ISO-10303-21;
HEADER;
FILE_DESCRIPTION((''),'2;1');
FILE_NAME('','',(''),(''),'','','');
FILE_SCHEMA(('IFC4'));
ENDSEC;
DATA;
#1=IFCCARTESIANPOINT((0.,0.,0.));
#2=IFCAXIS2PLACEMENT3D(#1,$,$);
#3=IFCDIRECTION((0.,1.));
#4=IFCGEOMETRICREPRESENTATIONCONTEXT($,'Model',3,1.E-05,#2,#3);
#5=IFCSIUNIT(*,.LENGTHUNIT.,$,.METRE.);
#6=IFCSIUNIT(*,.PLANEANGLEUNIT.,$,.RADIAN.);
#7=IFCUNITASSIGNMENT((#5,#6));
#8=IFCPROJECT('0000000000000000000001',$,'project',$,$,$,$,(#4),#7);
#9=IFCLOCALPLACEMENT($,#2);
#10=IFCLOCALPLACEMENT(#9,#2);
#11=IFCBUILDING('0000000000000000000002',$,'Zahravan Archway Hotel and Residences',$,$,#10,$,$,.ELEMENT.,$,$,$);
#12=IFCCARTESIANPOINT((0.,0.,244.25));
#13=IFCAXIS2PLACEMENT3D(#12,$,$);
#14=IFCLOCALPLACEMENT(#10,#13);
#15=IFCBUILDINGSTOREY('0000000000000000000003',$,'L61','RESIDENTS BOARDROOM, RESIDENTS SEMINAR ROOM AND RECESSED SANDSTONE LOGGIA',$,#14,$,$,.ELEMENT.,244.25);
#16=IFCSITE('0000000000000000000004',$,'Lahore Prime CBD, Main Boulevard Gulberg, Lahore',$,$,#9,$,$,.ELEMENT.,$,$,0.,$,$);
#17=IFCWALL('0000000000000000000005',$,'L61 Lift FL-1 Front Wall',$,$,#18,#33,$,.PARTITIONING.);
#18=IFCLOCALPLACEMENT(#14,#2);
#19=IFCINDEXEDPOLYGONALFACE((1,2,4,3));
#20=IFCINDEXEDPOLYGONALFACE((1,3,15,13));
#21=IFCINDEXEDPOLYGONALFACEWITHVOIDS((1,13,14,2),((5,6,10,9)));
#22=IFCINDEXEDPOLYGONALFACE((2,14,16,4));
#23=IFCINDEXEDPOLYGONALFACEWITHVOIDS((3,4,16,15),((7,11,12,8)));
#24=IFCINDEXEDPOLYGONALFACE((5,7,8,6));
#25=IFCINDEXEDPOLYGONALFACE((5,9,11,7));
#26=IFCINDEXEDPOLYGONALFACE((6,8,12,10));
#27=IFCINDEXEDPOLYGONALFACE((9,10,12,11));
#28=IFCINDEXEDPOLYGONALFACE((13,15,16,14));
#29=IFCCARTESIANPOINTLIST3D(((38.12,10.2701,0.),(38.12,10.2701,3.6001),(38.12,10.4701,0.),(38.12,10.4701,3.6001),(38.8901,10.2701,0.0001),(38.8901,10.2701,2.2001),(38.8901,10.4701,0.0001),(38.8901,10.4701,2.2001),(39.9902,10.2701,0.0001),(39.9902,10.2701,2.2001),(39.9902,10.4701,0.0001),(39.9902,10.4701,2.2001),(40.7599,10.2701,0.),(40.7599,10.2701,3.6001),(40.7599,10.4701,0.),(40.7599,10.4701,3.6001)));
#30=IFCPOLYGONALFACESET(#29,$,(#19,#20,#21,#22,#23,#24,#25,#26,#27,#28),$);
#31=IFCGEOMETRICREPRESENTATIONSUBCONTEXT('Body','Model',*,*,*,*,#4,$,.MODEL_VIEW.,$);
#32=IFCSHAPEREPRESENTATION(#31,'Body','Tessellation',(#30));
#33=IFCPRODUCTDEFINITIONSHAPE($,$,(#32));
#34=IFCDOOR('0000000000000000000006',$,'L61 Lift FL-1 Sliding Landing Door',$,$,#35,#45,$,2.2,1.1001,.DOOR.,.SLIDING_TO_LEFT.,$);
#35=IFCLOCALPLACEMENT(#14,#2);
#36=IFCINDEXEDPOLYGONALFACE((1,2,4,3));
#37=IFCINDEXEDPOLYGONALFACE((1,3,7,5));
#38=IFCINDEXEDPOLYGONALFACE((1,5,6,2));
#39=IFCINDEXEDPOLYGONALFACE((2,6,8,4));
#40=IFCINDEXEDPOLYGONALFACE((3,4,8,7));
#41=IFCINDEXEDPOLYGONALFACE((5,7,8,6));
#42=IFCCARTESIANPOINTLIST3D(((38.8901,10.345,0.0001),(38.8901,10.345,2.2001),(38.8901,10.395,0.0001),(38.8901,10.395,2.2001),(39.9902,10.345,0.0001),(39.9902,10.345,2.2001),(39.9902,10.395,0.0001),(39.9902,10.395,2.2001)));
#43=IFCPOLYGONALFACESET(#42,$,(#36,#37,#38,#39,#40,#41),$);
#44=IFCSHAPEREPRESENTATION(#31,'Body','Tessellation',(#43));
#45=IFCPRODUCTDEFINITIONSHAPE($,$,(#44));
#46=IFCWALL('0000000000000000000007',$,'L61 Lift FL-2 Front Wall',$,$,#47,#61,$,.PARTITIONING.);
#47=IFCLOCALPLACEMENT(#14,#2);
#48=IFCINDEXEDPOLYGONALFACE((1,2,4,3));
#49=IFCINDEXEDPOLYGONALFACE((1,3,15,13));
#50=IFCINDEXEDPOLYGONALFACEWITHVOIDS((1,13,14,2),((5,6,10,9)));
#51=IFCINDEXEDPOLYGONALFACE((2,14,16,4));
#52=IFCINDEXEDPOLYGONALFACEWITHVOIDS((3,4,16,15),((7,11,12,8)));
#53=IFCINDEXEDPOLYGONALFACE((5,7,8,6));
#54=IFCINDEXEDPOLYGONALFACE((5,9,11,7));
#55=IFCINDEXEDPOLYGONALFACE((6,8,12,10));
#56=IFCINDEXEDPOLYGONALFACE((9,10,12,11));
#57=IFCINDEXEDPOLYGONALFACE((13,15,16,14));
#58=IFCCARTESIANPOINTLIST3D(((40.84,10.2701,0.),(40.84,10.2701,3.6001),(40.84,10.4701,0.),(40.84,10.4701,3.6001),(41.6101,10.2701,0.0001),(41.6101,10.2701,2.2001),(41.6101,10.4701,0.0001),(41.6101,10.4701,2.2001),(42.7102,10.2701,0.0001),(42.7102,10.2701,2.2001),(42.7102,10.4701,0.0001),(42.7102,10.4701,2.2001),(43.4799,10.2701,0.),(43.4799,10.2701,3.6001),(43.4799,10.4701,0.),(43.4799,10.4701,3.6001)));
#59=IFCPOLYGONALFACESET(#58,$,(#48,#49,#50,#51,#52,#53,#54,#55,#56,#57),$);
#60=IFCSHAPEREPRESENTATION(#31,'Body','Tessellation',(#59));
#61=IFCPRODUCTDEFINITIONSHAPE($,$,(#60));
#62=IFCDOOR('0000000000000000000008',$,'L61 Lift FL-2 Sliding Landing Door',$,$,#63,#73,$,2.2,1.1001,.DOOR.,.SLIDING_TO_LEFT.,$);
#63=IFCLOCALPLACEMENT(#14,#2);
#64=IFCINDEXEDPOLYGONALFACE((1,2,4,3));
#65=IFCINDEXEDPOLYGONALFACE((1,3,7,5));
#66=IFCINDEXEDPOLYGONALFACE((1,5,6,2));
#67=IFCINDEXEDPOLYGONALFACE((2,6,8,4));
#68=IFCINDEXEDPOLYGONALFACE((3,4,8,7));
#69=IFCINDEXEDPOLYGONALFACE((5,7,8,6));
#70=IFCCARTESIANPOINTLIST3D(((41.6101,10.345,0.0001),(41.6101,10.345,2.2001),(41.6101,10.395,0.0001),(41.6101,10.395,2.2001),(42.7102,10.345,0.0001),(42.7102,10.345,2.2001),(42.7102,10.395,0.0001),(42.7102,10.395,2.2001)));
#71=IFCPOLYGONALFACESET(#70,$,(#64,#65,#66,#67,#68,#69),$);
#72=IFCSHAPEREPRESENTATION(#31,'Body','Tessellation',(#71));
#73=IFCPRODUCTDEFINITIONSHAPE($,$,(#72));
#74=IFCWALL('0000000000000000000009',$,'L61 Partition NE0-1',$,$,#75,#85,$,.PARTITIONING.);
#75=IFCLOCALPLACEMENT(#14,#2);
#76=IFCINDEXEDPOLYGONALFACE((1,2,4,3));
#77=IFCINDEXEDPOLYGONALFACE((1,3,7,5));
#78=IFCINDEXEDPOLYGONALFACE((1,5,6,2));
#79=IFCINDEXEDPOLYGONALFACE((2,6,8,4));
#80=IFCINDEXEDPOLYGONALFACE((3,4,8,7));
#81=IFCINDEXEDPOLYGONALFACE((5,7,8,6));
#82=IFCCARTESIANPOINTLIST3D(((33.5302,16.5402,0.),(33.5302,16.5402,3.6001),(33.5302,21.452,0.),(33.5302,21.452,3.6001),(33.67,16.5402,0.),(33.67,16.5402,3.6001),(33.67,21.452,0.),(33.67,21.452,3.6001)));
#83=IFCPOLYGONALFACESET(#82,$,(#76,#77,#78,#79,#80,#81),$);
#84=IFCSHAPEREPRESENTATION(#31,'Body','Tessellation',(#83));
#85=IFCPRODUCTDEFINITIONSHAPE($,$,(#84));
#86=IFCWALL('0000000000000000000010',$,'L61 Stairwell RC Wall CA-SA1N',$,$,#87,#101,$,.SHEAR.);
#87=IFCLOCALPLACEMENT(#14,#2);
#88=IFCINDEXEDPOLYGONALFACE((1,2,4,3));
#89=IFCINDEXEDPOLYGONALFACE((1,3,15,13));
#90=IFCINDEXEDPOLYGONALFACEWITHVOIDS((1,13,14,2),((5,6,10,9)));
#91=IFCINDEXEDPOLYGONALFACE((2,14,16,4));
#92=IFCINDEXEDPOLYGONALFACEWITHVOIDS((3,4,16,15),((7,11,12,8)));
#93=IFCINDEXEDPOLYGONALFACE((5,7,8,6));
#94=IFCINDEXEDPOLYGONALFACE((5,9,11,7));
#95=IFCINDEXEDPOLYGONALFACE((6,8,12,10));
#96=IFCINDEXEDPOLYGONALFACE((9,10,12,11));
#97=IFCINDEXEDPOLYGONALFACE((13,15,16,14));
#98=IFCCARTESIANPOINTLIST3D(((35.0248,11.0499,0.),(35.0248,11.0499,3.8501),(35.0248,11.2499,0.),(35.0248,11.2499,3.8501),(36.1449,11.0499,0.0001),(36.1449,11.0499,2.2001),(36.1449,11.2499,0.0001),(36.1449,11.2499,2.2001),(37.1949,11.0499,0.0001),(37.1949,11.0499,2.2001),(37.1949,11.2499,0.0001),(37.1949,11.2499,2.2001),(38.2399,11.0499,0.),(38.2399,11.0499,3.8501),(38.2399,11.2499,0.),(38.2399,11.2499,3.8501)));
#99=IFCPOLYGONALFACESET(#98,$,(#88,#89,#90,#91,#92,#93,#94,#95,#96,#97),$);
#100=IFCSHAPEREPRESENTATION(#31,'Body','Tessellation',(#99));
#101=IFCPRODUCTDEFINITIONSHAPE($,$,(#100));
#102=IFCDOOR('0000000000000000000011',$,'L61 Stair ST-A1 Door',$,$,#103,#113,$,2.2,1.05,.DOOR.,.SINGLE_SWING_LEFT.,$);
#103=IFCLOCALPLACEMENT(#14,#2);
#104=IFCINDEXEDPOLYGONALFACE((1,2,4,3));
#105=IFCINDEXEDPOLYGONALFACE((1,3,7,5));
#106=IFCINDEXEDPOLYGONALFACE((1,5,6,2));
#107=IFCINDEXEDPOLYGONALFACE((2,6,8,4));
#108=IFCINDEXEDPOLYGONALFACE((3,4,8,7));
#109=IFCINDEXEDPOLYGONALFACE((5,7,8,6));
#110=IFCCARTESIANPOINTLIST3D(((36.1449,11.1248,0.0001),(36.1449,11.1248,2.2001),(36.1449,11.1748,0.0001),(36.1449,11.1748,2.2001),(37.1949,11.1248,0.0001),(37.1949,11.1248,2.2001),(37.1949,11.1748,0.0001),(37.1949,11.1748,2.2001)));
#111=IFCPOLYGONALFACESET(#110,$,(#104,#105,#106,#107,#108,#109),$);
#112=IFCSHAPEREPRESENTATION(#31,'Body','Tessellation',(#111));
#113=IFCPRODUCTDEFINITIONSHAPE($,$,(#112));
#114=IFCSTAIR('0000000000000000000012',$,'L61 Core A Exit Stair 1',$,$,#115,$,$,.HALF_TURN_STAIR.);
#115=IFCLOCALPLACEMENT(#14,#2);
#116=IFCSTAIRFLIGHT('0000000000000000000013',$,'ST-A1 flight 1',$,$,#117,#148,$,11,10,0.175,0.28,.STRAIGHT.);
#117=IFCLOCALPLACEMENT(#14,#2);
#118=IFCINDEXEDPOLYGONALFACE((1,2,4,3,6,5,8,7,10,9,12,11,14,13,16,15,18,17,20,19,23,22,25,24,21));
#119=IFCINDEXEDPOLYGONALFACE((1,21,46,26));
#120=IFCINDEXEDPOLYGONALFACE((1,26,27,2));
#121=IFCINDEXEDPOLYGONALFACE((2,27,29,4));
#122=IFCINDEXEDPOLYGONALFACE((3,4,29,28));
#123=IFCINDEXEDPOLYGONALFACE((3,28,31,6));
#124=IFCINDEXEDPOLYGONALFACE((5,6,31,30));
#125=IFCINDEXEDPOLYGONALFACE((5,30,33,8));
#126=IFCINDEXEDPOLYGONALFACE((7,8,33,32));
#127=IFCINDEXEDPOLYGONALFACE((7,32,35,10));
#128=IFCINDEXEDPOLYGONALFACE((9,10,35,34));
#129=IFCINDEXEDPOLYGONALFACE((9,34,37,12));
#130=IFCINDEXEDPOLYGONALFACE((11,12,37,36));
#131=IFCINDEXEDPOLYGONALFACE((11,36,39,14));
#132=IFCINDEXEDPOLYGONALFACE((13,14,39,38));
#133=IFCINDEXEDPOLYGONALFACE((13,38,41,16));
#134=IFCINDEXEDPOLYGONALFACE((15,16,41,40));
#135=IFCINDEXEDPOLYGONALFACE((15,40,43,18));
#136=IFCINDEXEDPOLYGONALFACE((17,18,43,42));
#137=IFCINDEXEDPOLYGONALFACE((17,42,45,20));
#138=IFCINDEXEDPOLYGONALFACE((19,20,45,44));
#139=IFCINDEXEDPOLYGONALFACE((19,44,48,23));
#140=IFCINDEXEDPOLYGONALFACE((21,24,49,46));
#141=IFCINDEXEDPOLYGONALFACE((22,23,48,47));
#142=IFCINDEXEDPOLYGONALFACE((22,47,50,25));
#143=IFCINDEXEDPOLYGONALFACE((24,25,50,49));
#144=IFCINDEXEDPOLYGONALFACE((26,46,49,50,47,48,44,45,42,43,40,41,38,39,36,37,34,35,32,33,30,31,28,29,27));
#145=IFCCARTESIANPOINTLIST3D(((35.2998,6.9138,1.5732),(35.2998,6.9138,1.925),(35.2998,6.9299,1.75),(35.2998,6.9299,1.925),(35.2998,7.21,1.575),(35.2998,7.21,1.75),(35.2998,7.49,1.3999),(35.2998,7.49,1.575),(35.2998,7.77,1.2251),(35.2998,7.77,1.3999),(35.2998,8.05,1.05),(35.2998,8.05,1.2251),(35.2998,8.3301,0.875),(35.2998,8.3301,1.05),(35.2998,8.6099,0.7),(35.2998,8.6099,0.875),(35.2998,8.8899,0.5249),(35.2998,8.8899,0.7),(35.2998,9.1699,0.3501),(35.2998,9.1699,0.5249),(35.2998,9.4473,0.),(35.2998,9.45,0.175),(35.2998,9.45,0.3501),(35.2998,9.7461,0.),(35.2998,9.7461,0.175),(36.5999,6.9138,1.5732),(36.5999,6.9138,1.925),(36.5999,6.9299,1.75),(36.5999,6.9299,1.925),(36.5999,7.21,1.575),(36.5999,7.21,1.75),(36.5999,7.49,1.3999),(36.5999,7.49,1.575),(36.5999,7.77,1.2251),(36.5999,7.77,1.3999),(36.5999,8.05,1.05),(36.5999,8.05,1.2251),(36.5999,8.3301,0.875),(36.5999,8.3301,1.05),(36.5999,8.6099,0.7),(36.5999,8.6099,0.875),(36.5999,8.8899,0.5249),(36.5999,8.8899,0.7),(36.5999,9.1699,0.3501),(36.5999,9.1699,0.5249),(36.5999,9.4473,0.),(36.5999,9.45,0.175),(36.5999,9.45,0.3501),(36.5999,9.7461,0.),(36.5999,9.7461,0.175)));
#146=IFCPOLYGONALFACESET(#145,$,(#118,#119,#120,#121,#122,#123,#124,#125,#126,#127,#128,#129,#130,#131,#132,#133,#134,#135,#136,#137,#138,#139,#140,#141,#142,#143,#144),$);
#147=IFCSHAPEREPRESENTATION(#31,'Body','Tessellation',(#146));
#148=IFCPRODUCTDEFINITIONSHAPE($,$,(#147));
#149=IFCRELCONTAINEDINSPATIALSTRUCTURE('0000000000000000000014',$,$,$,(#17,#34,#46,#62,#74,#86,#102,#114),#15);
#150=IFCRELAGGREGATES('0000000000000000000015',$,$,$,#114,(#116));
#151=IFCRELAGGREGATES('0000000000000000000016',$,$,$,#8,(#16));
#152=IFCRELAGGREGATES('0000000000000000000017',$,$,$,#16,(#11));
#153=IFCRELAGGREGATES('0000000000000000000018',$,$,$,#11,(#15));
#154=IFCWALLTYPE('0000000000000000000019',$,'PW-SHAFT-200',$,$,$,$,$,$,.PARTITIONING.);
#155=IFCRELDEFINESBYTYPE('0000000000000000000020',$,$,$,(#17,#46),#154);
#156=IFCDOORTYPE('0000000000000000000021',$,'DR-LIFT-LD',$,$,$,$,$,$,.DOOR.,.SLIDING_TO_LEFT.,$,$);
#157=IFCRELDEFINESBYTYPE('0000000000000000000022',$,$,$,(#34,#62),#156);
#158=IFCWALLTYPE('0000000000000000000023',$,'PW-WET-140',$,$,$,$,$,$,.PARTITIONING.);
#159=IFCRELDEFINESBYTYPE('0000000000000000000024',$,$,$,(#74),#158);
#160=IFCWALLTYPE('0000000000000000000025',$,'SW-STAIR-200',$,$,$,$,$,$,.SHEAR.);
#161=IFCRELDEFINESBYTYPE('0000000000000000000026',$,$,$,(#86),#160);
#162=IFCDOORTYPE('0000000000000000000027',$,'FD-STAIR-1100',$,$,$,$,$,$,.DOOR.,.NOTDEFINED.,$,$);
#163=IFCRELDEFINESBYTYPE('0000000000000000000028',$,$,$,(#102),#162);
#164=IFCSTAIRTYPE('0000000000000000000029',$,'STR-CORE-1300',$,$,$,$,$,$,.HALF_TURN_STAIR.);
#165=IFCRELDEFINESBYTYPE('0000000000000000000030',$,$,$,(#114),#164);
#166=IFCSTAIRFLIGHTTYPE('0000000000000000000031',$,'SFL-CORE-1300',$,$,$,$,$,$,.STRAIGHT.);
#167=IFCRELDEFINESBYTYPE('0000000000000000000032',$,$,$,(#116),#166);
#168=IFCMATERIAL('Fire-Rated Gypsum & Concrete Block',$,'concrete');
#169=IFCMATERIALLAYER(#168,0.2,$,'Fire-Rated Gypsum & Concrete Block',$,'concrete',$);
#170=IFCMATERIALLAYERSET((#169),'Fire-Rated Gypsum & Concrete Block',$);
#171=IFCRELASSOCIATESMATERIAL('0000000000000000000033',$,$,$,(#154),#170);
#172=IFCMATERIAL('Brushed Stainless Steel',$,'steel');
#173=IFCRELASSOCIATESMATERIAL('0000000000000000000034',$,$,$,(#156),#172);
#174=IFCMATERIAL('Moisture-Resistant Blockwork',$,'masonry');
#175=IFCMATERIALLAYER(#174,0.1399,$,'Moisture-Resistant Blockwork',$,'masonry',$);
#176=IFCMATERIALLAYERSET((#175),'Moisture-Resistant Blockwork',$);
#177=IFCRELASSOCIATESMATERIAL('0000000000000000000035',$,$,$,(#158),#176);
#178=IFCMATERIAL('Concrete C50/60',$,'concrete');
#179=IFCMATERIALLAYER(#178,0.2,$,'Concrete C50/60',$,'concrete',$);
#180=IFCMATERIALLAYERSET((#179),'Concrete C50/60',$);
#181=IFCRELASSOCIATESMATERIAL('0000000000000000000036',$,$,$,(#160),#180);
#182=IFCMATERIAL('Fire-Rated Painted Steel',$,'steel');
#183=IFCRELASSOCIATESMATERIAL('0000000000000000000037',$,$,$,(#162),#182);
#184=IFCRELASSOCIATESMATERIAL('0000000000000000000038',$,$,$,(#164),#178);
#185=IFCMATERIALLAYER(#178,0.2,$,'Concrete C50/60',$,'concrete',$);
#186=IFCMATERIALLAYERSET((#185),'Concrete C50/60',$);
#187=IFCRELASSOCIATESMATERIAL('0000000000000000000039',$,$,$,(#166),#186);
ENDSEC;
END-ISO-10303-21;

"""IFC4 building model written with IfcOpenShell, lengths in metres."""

from ifc_helpers import new_model, si_unit, direction, frame, frame_2d, origin, place, context, subcontext, project, spatial, polyline, rectangle, outline, extrude, source, transform, mapped, material, layer, layer_set, type_object, type_shapes, element, fill, aggregate, save


model = new_model("IFC4")

# Units and contexts
model_context = context("Model", 3, precision=1e-05, world=origin(), true_north=direction((0.0, 1.0)))
body_context = subcontext(model_context, "Body", "Model", "MODEL_VIEW")
ifc_project = project(units=[si_unit("LENGTHUNIT", "METRE"), si_unit("PLANEANGLEUNIT", "RADIAN")], contexts=[model_context])

# Site, building, storey
site_placement = place(None, origin())
site = spatial("IfcSite", under=ifc_project, at=site_placement, Name="Lahore Prime CBD, Main Boulevard Gulberg, Lahore", CompositionType="ELEMENT", RefElevation=0.0)
building_placement = place(site_placement, origin())
building = spatial("IfcBuilding", under=site, at=building_placement, Name="Zahravan Archway Hotel and Residences", CompositionType="ELEMENT")
storey_placement = place(building_placement, frame((0.0, 0.0, 244.25)))
storey = spatial("IfcBuildingStorey", under=building, at=storey_placement, Name="L61", Description="RESIDENTS BOARDROOM, RESIDENTS SEMINAR ROOM AND RECESSED SANDSTONE LOGGIA", CompositionType="ELEMENT", Elevation=244.25)

# Shared definitions
ifc_material_1 = material(Name="Concrete C50/60", Category="concrete")
ifc_material_2 = material(Name="Fire-Rated Painted Steel", Category="steel")

# Shared definitions
ifc_material_3 = material(Name="Fire-Rated Gypsum & Concrete Block", Category="concrete")

# Shared definitions
ifc_layer_1 = layer(ifc_material_3, 0.2, Name="Fire-Rated Gypsum & Concrete Block", Category="concrete")
ifc_layer_set_1 = layer_set([ifc_layer_1], Name="Fire-Rated Gypsum & Concrete Block")
wall_type_1 = type_object("IfcWallType", Name="PW-SHAFT-200", PredefinedType="PARTITIONING", material=ifc_layer_set_1)

# Walls, openings, doors
wall_1_placement = place(storey_placement, frame((38.1201, 10.3701, 0.0), z_axis=(0.0, 0.0, 1.0), x_axis=(1.0, 0.0, 0.0)))
wall_1 = element("IfcWall", 1, at=wall_1_placement, inside=storey, type_object=wall_type_1, Name="L61 Lift FL-1 Front Wall", PredefinedType="PARTITIONING", context=body_context, shape_type="SweptSolid", body=[
    extrude(rectangle(XDim=2.6399, YDim=0.2, at=frame_2d((1.3198, 0.0))), origin(), (0.0, 0.0, 1.0), 3.6001),
])
opening_1_placement = place(wall_1_placement, frame((0.77, 0.0, 0.0)))
opening_1 = element("IfcOpeningElement", 2, at=opening_1_placement, cuts=wall_1, PredefinedType="OPENING", context=body_context, shape_type="SweptSolid", body=[
    extrude(rectangle(XDim=1.1001, YDim=2.2, at=frame_2d((0.55, 1.1001))), frame((0.0, 0.1099, 0.0), z_axis=(0.0, -1.0, 0.0), x_axis=(1.0, 0.0, 0.0)), (0.0, 0.0, 1.0), 0.22),
])
ifc_material_4 = material(Name="Brushed Stainless Steel", Category="steel")
door_type_1 = type_object("IfcDoorType", Name="DR-LIFT-LD", OperationType="SLIDING_TO_LEFT", PredefinedType="DOOR", material=ifc_material_4)
shared_shape_1 = source(origin(), body_context, "Body", "SweptSolid", [
    extrude(rectangle(XDim=1.1001, YDim=2.2, at=frame_2d((0.55, 1.1001))), frame((0.0, 0.0249, 0.0), z_axis=(0.0, -1.0, 0.0), x_axis=(1.0, 0.0, 0.0)), (0.0, 0.0, 1.0), 0.05),
])
type_shapes(door_type_1, [shared_shape_1])
door_1_placement = place(opening_1_placement, origin())
door_1 = element("IfcDoor", 3, at=door_1_placement, inside=storey, type_object=door_type_1, Name="L61 Lift FL-1 Sliding Landing Door", OperationType="SLIDING_TO_LEFT", OverallHeight=2.2, OverallWidth=1.1001, PredefinedType="DOOR", context=body_context, shape_type="MappedRepresentation", body=[
    mapped(shared_shape_1, transform((0.0, 0.0, 0.0), scale=1.0)),
])
fill(opening_1, door_1)
wall_2_placement = place(storey_placement, frame((40.8401, 10.3701, 0.0), z_axis=(0.0, 0.0, 1.0), x_axis=(1.0, 0.0, 0.0)))
wall_2 = element("IfcWall", 4, at=wall_2_placement, inside=storey, type_object=wall_type_1, Name="L61 Lift FL-2 Front Wall", PredefinedType="PARTITIONING", context=body_context, shape_type="SweptSolid", body=[
    extrude(rectangle(XDim=2.6399, YDim=0.2, at=frame_2d((1.3198, 0.0))), origin(), (0.0, 0.0, 1.0), 3.6001),
])
opening_2_placement = place(wall_2_placement, frame((0.77, 0.0, 0.0)))
opening_2 = element("IfcOpeningElement", 5, at=opening_2_placement, cuts=wall_2, PredefinedType="OPENING", context=body_context, shape_type="SweptSolid", body=[
    extrude(rectangle(XDim=1.1001, YDim=2.2, at=frame_2d((0.55, 1.1001))), frame((0.0, 0.1099, 0.0), z_axis=(0.0, -1.0, 0.0), x_axis=(1.0, 0.0, 0.0)), (0.0, 0.0, 1.0), 0.22),
])
door_2_placement = place(opening_2_placement, origin())
door_2 = element("IfcDoor", 6, at=door_2_placement, inside=storey, type_object=door_type_1, Name="L61 Lift FL-2 Sliding Landing Door", OperationType="SLIDING_TO_LEFT", OverallHeight=2.2, OverallWidth=1.1001, PredefinedType="DOOR", context=body_context, shape_type="MappedRepresentation", body=[
    mapped(shared_shape_1, transform((0.0, 0.0, 0.0), scale=1.0)),
])
fill(opening_2, door_2)

# Wall
ifc_material_5 = material(Name="Moisture-Resistant Blockwork", Category="masonry")
ifc_layer_2 = layer(ifc_material_5, 0.1399, Name="Moisture-Resistant Blockwork", Category="masonry")
ifc_layer_set_2 = layer_set([ifc_layer_2], Name="Moisture-Resistant Blockwork")
wall_type_2 = type_object("IfcWallType", Name="PW-WET-140", PredefinedType="PARTITIONING", material=ifc_layer_set_2)
wall_3_placement = place(storey_placement, frame((33.6001, 16.54, 0.0), z_axis=(0.0, 0.0, 1.0), x_axis=(0.0, 1.0, 0.0)))
element("IfcWall", 7, at=wall_3_placement, inside=storey, type_object=wall_type_2, Name="L61 Partition NE0-1", PredefinedType="PARTITIONING", context=body_context, shape_type="SweptSolid", body=[
    extrude(rectangle(XDim=4.9119, YDim=0.1399, at=frame_2d((2.4561, 0.0))), origin(), (0.0, 0.0, 1.0), 3.6001),
])

# Wall, opening, door
ifc_layer_3 = layer(ifc_material_1, 0.2, Name="Concrete C50/60", Category="concrete")
ifc_layer_set_3 = layer_set([ifc_layer_3], Name="Concrete C50/60")
wall_type_3 = type_object("IfcWallType", Name="SW-STAIR-200", PredefinedType="SHEAR", material=ifc_layer_set_3)
wall_4_placement = place(storey_placement, frame((35.0249, 11.1499, 0.0), z_axis=(0.0, 0.0, 1.0), x_axis=(1.0, 0.0, 0.0)))
wall_4 = element("IfcWall", 8, at=wall_4_placement, inside=storey, type_object=wall_type_3, Name="L61 Stairwell RC Wall CA-SA1N", PredefinedType="SHEAR", context=body_context, shape_type="SweptSolid", body=[
    extrude(rectangle(XDim=3.2151, YDim=0.2, at=frame_2d((1.6074, 0.0))), origin(), (0.0, 0.0, 1.0), 3.8501),
])
opening_3_placement = place(wall_4_placement, frame((1.1201, 0.0, 0.0)))
opening_3 = element("IfcOpeningElement", 9, at=opening_3_placement, cuts=wall_4, PredefinedType="OPENING", context=body_context, shape_type="SweptSolid", body=[
    extrude(rectangle(XDim=1.05, YDim=2.2, at=frame_2d((0.5249, 1.1001))), frame((0.0, 0.1099, 0.0), z_axis=(0.0, -1.0, 0.0), x_axis=(1.0, 0.0, 0.0)), (0.0, 0.0, 1.0), 0.22),
])
door_type_2 = type_object("IfcDoorType", Name="FD-STAIR-1100", OperationType="NOTDEFINED", PredefinedType="DOOR", material=ifc_material_2)
shared_shape_2 = source(origin(), body_context, "Body", "SweptSolid", [
    extrude(rectangle(XDim=1.05, YDim=2.2, at=frame_2d((0.5249, 1.1001))), frame((0.0, 0.0249, 0.0), z_axis=(0.0, -1.0, 0.0), x_axis=(1.0, 0.0, 0.0)), (0.0, 0.0, 1.0), 0.05),
])
type_shapes(door_type_2, [shared_shape_2])
door_3_placement = place(opening_3_placement, origin())
door_3 = element("IfcDoor", 10, at=door_3_placement, inside=storey, type_object=door_type_2, Name="L61 Stair ST-A1 Door", OperationType="SINGLE_SWING_LEFT", OverallHeight=2.2, OverallWidth=1.05, PredefinedType="DOOR", context=body_context, shape_type="MappedRepresentation", body=[
    mapped(shared_shape_2, transform((0.0, 0.0, 0.0), scale=1.0)),
])
fill(opening_3, door_3)

# Stair, stair flight
stair_type = type_object("IfcStairType", Name="STR-CORE-1300", PredefinedType="HALF_TURN_STAIR", material=ifc_material_1)
stair_placement = place(storey_placement, origin())
stair = element("IfcStair", 11, at=stair_placement, inside=storey, type_object=stair_type, Name="L61 Core A Exit Stair 1", PredefinedType="HALF_TURN_STAIR")
ifc_layer_4 = layer(ifc_material_1, 0.2, Name="Concrete C50/60", Category="concrete")
ifc_layer_set_4 = layer_set([ifc_layer_4], Name="Concrete C50/60")
stair_flight_type = type_object("IfcStairFlightType", Name="SFL-CORE-1300", PredefinedType="STRAIGHT", material=ifc_layer_set_4)
shared_shape_3 = source(origin(), body_context, "Body", "SweptSolid", [
    extrude(outline(polyline([(-0.0161, 0.0), (-0.0161, 0.175), (0.28, 0.175), (0.28, 0.3501), (0.5601, 0.3501), (0.5601, 0.5249), (0.8401, 0.5249), (0.8401, 0.7), (1.1201, 0.7), (1.1201, 0.875), (1.3999, 0.875), (1.3999, 1.05), (1.6799, 1.05), (1.6799, 1.2251), (1.96, 1.2251), (1.96, 1.3999), (2.24, 1.3999), (2.24, 1.575), (2.52, 1.575), (2.52, 1.75), (2.8, 1.75), (2.8, 1.925), (2.8162, 1.925), (2.8162, 1.5732), (0.2827, 0.0), (-0.0161, 0.0)])), frame((0.0, 0.6499, 0.0), z_axis=(0.0, -1.0, 0.0), x_axis=(1.0, 0.0, 0.0)), (0.0, 0.0, 1.0), 1.3),
])
stair_flight_placement = place(storey_placement, frame((35.95, 9.73, 0.0), z_axis=(0.0, 0.0, 1.0), x_axis=(0.0, -1.0, 0.0)))
stair_flight = element("IfcStairFlight", 12, at=stair_flight_placement, type_object=stair_flight_type, Name="ST-A1 flight 1", NumberOfRisers=11, NumberOfTreads=10, PredefinedType="STRAIGHT", RiserHeight=0.175, TreadLength=0.28, context=body_context, shape_type="MappedRepresentation", body=[
    mapped(shared_shape_3, transform((0.0, 0.0, 0.0), scale=1.0)),
])
aggregate(stair, [stair_flight])

save(model, "model.ifc")
